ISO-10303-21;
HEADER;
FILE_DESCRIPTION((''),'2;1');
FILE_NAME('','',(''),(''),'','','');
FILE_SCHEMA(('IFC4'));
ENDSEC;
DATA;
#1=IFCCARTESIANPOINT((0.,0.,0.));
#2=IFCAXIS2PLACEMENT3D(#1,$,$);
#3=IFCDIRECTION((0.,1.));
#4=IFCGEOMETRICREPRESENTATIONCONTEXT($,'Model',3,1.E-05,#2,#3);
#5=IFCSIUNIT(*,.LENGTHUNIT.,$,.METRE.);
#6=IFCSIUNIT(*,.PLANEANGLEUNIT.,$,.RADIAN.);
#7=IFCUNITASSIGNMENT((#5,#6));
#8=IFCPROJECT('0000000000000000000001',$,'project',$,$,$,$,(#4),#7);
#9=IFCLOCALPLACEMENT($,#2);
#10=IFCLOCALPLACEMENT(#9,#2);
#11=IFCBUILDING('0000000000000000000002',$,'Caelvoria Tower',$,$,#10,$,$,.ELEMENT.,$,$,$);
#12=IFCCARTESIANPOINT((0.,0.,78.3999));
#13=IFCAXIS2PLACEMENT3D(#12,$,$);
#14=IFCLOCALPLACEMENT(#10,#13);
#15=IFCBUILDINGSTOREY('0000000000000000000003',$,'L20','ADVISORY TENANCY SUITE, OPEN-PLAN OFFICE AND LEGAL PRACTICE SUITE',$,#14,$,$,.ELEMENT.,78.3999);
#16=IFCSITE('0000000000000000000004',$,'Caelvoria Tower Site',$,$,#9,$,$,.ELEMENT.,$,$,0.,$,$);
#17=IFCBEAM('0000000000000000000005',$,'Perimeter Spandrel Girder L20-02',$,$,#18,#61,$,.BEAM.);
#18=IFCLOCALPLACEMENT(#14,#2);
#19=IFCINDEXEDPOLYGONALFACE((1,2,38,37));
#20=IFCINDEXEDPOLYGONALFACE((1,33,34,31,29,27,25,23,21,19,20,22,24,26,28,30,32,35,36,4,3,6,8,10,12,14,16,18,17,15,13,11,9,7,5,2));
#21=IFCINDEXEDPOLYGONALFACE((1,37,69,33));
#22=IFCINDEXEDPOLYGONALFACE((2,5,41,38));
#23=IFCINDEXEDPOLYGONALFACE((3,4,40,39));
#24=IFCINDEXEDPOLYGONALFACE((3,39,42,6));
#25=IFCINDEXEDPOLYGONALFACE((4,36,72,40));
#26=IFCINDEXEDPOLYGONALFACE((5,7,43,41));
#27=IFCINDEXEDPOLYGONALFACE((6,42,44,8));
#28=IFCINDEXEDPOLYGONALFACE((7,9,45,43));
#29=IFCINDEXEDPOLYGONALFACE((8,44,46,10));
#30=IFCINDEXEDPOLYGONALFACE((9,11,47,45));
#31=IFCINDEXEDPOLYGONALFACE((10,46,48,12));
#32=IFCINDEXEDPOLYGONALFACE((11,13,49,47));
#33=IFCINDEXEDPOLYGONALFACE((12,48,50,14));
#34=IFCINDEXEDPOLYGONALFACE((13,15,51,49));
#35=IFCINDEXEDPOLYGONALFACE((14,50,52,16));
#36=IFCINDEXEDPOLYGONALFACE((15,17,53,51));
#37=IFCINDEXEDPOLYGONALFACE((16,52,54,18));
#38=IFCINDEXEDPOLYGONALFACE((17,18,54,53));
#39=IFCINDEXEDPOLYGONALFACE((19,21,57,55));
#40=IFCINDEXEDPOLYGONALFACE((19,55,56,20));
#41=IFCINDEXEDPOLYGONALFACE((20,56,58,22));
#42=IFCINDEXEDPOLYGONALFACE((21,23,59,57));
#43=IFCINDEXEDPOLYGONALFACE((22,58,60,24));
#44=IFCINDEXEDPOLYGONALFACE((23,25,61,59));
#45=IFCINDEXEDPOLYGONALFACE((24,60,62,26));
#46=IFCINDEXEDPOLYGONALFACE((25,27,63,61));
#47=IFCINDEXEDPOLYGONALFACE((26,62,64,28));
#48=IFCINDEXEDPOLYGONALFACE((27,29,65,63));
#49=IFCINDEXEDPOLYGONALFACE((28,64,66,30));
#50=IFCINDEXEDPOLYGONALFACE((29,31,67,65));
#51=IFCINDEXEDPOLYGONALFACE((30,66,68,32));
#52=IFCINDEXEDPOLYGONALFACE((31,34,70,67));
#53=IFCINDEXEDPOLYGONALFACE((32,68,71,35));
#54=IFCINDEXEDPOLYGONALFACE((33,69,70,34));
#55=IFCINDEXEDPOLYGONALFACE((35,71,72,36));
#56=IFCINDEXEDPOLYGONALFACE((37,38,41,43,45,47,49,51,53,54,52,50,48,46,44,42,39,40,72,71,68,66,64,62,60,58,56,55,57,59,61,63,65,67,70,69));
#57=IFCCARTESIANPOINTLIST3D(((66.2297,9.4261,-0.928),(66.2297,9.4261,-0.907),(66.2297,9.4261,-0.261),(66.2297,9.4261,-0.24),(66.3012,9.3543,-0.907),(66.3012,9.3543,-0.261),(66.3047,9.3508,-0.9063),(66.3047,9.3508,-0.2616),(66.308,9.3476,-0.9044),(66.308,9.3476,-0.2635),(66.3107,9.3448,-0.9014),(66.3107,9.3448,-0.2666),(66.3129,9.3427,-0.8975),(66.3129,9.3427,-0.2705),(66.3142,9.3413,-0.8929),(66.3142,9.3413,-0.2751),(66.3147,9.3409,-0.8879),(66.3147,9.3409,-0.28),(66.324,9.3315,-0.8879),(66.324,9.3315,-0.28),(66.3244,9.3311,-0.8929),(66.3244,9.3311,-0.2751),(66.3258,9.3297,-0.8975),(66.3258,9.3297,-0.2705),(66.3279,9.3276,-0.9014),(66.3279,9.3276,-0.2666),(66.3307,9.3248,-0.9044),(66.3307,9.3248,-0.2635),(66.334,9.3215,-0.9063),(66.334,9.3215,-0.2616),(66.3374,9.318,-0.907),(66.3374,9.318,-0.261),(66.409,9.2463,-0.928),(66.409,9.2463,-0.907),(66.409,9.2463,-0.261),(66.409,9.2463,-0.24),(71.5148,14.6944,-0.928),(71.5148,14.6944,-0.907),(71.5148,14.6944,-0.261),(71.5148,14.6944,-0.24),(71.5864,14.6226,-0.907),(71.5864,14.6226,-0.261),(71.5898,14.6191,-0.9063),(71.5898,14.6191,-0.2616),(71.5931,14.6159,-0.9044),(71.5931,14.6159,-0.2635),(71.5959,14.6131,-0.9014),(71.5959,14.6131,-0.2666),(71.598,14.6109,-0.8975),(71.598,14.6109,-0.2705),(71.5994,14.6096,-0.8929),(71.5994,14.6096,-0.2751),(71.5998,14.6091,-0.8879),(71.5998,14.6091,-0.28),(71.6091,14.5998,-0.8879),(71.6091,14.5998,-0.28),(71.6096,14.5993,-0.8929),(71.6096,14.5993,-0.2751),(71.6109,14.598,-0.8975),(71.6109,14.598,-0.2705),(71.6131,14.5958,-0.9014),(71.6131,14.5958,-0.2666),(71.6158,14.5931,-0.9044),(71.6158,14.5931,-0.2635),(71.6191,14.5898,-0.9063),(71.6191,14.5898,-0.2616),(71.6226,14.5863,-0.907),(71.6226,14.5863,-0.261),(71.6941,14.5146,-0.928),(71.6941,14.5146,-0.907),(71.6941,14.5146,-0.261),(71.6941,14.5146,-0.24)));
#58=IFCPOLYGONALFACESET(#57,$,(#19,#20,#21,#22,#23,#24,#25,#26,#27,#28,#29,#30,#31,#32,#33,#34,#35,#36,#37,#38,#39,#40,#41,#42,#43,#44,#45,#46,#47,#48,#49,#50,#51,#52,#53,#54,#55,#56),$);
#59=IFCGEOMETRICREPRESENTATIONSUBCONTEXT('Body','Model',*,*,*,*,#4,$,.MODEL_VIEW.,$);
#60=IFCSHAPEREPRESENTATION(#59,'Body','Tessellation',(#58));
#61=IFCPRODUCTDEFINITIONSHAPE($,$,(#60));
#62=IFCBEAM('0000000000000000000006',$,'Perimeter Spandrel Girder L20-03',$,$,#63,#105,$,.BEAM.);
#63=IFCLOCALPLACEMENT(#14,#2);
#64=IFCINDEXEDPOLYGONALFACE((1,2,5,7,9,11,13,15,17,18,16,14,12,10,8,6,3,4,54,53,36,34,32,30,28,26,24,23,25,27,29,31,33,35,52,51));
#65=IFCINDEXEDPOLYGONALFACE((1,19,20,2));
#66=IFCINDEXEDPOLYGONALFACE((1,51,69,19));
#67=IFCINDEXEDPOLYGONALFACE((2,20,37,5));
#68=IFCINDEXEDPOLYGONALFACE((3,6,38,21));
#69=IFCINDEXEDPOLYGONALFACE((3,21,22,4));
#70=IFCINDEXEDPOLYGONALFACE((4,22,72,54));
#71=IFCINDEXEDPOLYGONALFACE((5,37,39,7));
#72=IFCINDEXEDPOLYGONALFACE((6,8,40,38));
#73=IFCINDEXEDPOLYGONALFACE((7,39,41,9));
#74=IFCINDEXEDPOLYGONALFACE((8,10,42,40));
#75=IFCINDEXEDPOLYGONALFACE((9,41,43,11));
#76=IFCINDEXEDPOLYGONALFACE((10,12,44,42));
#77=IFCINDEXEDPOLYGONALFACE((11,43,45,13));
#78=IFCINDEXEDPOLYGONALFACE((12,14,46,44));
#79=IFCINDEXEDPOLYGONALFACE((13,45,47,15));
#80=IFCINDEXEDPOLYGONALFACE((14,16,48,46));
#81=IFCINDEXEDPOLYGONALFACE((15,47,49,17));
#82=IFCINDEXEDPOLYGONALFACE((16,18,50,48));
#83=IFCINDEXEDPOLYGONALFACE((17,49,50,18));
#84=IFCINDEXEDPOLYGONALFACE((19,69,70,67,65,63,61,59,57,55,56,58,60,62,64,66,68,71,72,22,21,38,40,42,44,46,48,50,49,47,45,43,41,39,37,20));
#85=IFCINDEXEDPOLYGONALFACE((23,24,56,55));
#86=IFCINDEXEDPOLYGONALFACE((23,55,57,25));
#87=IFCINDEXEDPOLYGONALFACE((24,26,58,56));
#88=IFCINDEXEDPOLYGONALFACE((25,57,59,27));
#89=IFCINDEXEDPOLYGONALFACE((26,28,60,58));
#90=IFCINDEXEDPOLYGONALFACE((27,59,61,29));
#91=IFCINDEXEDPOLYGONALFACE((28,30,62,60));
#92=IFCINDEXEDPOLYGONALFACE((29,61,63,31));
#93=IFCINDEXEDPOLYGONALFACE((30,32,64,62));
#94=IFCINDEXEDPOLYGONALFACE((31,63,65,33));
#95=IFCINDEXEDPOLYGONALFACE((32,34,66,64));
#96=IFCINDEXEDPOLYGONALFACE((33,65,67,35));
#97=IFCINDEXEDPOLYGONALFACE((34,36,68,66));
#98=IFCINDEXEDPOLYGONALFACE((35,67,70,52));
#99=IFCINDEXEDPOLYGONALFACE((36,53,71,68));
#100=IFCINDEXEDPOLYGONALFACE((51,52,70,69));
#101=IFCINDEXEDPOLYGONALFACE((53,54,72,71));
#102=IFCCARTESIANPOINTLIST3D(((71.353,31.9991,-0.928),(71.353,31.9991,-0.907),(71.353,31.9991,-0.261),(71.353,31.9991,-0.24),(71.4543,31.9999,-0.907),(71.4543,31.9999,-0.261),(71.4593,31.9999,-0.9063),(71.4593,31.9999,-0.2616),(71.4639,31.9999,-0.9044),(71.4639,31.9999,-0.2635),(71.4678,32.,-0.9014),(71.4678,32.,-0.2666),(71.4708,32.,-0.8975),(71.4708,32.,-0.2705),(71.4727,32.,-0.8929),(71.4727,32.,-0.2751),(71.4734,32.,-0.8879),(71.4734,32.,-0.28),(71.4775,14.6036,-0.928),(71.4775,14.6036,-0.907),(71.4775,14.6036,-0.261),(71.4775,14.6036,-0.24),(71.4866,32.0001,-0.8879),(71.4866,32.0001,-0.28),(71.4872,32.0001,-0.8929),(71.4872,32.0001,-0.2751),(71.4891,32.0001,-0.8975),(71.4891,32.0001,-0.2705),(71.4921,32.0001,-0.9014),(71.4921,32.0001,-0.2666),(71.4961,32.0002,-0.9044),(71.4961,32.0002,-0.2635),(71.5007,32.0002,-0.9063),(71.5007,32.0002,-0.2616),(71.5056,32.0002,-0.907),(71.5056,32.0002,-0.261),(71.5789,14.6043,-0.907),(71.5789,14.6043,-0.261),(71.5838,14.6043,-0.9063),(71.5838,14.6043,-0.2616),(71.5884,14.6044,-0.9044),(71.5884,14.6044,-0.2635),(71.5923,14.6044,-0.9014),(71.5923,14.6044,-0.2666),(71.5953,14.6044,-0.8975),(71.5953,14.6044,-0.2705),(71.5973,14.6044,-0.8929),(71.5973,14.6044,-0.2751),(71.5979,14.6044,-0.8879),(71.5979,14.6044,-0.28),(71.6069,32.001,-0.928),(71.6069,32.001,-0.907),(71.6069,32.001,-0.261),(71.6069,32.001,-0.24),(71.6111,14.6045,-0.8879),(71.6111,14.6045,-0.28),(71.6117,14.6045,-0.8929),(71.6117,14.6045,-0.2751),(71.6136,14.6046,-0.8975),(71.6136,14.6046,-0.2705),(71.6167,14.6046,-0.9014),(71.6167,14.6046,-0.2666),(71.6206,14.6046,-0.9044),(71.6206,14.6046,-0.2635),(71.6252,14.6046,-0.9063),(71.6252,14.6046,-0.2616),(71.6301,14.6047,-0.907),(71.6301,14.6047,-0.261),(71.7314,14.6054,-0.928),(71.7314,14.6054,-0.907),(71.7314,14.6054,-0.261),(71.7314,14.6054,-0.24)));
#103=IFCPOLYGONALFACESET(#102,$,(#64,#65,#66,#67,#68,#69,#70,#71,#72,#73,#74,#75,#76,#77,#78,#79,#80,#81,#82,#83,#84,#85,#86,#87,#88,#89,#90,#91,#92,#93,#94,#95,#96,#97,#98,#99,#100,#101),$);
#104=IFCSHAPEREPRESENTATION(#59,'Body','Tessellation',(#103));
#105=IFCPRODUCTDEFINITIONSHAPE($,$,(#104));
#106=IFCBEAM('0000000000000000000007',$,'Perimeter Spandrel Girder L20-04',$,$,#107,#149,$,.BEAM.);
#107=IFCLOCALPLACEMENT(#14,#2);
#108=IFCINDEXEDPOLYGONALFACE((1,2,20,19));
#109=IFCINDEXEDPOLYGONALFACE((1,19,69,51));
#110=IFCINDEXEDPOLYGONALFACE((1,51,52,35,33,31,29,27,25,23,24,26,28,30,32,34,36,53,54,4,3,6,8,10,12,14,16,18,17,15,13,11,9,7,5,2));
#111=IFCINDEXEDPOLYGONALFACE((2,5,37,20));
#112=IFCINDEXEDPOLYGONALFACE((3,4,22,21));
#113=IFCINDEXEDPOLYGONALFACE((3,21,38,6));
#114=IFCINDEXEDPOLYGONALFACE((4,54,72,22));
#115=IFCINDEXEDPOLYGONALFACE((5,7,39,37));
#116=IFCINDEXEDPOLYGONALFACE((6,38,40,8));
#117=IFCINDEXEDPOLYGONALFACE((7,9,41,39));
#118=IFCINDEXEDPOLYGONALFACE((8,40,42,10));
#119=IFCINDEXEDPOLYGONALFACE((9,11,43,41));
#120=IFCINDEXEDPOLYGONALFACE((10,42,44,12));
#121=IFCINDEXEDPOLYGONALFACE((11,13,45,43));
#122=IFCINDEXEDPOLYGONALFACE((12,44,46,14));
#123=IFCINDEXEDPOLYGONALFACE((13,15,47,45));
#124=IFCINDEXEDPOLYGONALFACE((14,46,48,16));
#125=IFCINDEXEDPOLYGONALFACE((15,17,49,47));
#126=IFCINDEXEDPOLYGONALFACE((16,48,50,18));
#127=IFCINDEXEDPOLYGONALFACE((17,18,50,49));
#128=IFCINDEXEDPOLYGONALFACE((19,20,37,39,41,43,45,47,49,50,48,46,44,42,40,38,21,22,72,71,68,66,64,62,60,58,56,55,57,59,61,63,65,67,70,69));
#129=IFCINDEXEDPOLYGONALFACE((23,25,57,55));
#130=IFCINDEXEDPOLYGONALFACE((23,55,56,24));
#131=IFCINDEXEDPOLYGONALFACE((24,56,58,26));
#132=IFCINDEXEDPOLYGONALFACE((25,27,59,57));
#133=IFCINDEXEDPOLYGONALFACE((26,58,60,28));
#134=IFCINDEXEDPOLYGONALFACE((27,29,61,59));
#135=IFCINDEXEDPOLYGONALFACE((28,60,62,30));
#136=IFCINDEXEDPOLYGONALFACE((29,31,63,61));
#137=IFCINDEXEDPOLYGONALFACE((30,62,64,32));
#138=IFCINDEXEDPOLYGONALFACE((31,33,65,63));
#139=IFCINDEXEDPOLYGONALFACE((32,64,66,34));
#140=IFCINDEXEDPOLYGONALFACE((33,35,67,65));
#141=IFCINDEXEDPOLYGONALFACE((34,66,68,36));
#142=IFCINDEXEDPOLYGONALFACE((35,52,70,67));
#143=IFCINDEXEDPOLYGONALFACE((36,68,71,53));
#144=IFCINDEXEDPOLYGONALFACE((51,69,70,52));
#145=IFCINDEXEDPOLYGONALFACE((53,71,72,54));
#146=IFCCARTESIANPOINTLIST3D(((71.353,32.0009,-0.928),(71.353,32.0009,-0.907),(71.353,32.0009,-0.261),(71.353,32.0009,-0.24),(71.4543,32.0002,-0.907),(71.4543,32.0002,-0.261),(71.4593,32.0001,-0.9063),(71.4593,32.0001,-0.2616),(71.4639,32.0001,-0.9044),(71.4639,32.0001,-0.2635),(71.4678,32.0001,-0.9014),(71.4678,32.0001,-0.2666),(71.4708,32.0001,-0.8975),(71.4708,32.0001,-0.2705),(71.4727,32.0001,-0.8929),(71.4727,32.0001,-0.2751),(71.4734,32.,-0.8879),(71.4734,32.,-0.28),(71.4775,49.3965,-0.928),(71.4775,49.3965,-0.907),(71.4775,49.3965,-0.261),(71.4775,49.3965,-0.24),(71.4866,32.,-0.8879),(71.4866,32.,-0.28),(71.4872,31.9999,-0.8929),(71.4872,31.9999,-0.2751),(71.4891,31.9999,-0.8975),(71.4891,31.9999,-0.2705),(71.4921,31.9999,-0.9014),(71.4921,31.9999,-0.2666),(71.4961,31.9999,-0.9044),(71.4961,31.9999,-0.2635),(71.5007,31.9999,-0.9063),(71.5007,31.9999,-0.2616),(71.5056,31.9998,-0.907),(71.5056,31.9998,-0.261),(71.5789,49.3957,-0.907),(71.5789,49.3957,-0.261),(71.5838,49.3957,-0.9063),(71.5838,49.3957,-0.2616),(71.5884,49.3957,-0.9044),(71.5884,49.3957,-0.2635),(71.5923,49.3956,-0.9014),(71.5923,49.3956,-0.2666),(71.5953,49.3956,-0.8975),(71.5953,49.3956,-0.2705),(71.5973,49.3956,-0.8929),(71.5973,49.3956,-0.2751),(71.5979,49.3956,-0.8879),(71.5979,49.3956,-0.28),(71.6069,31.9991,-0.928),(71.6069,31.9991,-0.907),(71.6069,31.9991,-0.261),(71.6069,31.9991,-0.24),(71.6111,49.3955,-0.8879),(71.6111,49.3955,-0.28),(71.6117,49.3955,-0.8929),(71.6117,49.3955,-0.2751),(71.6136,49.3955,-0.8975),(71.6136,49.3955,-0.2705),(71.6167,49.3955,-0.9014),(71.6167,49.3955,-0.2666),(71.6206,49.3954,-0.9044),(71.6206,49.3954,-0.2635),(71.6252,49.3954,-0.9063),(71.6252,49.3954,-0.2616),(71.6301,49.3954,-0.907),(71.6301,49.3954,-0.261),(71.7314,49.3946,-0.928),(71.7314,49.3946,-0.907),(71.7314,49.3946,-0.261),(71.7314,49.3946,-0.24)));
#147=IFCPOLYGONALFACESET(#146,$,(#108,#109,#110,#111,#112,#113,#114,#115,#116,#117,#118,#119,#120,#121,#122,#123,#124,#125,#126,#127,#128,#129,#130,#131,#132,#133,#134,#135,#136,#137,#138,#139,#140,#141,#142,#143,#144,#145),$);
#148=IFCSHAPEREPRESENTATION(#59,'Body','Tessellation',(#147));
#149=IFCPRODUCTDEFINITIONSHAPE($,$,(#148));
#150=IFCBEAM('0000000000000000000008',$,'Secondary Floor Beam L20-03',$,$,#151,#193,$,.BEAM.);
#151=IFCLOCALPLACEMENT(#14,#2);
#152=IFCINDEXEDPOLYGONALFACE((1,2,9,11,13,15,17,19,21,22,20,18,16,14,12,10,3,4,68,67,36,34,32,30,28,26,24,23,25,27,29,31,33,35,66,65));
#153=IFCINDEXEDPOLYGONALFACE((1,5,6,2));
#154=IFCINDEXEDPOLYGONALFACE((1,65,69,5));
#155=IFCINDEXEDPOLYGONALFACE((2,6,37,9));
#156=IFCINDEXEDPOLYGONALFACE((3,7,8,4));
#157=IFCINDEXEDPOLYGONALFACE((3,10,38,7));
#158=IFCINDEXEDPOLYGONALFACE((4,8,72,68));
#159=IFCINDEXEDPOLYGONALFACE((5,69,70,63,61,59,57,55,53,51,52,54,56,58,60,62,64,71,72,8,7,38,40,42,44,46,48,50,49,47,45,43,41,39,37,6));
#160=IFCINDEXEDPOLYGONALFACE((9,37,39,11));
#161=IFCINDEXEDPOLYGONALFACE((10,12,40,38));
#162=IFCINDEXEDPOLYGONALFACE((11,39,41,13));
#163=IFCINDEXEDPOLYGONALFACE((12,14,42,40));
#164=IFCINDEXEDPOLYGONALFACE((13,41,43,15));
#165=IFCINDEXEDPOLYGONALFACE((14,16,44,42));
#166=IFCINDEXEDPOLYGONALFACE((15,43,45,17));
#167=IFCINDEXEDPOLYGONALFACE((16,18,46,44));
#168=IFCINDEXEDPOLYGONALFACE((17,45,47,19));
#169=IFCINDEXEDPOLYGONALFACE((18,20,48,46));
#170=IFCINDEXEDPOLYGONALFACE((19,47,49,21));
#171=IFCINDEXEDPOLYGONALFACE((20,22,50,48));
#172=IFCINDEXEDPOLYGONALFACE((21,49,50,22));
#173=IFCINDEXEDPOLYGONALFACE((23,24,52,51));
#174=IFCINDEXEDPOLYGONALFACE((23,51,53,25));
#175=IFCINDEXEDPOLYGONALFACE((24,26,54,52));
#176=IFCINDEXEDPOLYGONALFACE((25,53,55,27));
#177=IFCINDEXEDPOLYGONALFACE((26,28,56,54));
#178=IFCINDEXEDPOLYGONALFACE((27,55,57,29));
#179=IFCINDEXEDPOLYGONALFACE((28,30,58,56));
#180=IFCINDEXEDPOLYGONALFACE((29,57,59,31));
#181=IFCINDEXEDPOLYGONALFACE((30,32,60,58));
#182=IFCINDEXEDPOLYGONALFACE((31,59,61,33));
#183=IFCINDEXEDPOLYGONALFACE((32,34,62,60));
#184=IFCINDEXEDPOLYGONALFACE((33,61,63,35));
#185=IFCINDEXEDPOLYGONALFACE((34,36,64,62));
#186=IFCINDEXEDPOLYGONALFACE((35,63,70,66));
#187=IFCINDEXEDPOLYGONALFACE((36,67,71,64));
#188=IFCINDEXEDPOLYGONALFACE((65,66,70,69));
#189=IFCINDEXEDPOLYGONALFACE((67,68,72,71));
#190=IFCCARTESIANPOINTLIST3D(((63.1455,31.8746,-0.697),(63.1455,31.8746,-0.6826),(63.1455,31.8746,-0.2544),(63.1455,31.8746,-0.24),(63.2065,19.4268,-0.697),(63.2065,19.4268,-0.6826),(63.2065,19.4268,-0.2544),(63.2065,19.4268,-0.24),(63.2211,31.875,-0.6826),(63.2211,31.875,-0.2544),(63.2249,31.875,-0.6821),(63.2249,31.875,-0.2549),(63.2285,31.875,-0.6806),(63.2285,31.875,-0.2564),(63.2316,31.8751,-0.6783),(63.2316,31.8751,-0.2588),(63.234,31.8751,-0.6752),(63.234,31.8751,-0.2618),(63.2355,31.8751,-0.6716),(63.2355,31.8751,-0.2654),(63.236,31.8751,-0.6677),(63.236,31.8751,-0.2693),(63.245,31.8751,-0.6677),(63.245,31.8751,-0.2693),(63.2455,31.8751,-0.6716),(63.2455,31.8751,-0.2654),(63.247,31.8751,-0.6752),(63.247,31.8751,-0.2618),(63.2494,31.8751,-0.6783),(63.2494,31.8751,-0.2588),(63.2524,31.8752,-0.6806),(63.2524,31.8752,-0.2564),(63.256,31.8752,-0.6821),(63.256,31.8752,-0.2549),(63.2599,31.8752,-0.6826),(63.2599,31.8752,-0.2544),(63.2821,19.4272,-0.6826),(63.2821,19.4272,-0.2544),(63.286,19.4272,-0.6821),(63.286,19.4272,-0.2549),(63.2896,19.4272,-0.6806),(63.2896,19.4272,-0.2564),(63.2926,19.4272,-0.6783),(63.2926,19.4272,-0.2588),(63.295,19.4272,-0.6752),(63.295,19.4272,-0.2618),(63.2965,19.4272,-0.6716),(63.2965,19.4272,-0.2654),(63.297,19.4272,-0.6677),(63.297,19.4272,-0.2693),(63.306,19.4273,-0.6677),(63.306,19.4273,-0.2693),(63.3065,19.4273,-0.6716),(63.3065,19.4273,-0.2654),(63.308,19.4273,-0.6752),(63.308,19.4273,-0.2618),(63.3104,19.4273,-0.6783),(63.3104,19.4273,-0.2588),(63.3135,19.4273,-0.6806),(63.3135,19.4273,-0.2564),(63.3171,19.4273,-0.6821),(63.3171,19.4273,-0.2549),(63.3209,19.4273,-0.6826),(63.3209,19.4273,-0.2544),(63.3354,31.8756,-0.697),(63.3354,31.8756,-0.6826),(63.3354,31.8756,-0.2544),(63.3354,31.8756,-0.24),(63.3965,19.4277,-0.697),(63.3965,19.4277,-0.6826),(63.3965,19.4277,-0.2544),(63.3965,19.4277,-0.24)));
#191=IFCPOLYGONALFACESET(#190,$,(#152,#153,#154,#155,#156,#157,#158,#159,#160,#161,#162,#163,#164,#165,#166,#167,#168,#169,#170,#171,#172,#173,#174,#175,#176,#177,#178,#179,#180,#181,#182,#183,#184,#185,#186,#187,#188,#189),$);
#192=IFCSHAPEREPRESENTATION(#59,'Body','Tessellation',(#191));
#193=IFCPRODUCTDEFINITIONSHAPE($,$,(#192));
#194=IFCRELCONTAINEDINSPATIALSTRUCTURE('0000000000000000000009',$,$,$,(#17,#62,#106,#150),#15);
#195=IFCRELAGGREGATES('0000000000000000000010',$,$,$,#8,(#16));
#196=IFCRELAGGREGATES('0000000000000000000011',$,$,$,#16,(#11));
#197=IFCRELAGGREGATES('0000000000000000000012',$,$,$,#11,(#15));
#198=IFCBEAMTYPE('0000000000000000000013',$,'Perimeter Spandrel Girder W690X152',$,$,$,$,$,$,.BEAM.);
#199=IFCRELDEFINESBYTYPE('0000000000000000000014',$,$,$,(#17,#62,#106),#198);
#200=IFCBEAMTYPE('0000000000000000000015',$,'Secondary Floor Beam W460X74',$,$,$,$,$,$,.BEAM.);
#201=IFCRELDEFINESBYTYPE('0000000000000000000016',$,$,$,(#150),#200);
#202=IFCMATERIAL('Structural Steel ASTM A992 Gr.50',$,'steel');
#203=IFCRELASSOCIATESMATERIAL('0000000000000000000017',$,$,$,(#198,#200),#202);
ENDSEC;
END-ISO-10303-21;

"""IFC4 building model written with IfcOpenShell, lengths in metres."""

from ifc_helpers import new_model, si_unit, direction, frame, origin, origin_2d, place, context, subcontext, project, spatial, i_section, extrude, material, material_profile, profile_set, type_object, element, save


model = new_model("IFC4")

# Units and contexts
model_context = context("Model", 3, precision=1e-05, world=origin(), true_north=direction((0.0, 1.0)))
body_context = subcontext(model_context, "Body", "Model", "MODEL_VIEW")
ifc_project = project(units=[si_unit("LENGTHUNIT", "METRE"), si_unit("PLANEANGLEUNIT", "RADIAN")], contexts=[model_context])

# Site, building, storey
site_placement = place(None, origin())
site = spatial("IfcSite", under=ifc_project, at=site_placement, Name="Caelvoria Tower Site", CompositionType="ELEMENT", RefElevation=0.0)
building_placement = place(site_placement, origin())
building = spatial("IfcBuilding", under=site, at=building_placement, Name="Caelvoria Tower", CompositionType="ELEMENT")
storey_placement = place(building_placement, frame((0.0, 0.0, 78.3999)))
storey = spatial("IfcBuildingStorey", under=building, at=storey_placement, Name="L20", Description="ADVISORY TENANCY SUITE, OPEN-PLAN OFFICE AND LEGAL PRACTICE SUITE", CompositionType="ELEMENT", Elevation=78.3999)

# Beams
ifc_material_1 = material(Name="Structural Steel ASTM A992 Gr.50", Category="steel")
ifc_material_profile_1 = material_profile(ifc_material_1, i_section(OverallWidth=0.2539, OverallDepth=0.688, WebThickness=0.0132, FlangeThickness=0.021, FilletRadius=0.019, at=origin_2d()), Name="Structural Steel ASTM A992 Gr.50")
ifc_profile_set_1 = profile_set([ifc_material_profile_1], Name="W690X152 - Structural Steel ASTM A992 Gr.50")
beam_type_1 = type_object("IfcBeamType", Name="Perimeter Spandrel Girder W690X152", PredefinedType="BEAM", material=ifc_profile_set_1)
beam_1_placement = place(storey_placement, frame((66.3193, 9.3362, -0.584), z_axis=(0.708235, 0.705977, 0.0), x_axis=(-0.705977, 0.708235, 0.0)))
element("IfcBeam", 1, at=beam_1_placement, inside=storey, type_object=beam_type_1, Name="Perimeter Spandrel Girder L20-02", PredefinedType="BEAM", context=body_context, shape_type="SweptSolid", body=[
    extrude(i_section(OverallWidth=0.2539, OverallDepth=0.688, WebThickness=0.0132, FlangeThickness=0.021, FilletRadius=0.019, at=origin_2d()), origin(), (0.0, 0.0, 1.0), 7.4624),
])
for number, where, z_axis, x_axis, name in (
    (2, (71.6045, 14.6045, -0.584), (-0.007158, 0.999974, 0.0), (-0.999974, -0.007158, 0.0), "Perimeter Spandrel Girder L20-03"),
    (3, (71.48, 32.0, -0.584), (0.007158, 0.999974, 0.0), (-0.999974, 0.007158, 0.0), "Perimeter Spandrel Girder L20-04"),
):
    element("IfcBeam", number, at=place(storey_placement, frame(where, z_axis=z_axis, x_axis=x_axis)), inside=storey, type_object=beam_type_1, Name=name, PredefinedType="BEAM", context=body_context, shape_type="SweptSolid", body=[
        extrude(i_section(OverallWidth=0.2539, OverallDepth=0.688, WebThickness=0.0132, FlangeThickness=0.021, FilletRadius=0.019, at=origin_2d()), origin(), (0.0, 0.0, 1.0), 17.396),
    ])
ifc_material_profile_2 = material_profile(ifc_material_1, i_section(OverallWidth=0.1899, OverallDepth=0.457, WebThickness=0.009, FlangeThickness=0.0144, FilletRadius=0.0149, at=origin_2d()), Name="Structural Steel ASTM A992 Gr.50")
ifc_profile_set_2 = profile_set([ifc_material_profile_2], Name="W460X74 - Structural Steel ASTM A992 Gr.50")
beam_type_2 = type_object("IfcBeamType", Name="Secondary Floor Beam W460X74", PredefinedType="BEAM", material=ifc_profile_set_2)
beam_2_placement = place(storey_placement, frame((63.3015, 19.4272, -0.4685), z_axis=(-0.004903, 0.999988, 0.0), x_axis=(-0.999988, -0.004903, 0.0)))
element("IfcBeam", 4, at=beam_2_placement, inside=storey, type_object=beam_type_2, Name="Secondary Floor Beam L20-03", PredefinedType="BEAM", context=body_context, shape_type="SweptSolid", body=[
    extrude(i_section(OverallWidth=0.1899, OverallDepth=0.457, WebThickness=0.009, FlangeThickness=0.0144, FilletRadius=0.0149, at=origin_2d()), origin(), (0.0, 0.0, 1.0), 12.448),
])

save(model, "model.ifc")
